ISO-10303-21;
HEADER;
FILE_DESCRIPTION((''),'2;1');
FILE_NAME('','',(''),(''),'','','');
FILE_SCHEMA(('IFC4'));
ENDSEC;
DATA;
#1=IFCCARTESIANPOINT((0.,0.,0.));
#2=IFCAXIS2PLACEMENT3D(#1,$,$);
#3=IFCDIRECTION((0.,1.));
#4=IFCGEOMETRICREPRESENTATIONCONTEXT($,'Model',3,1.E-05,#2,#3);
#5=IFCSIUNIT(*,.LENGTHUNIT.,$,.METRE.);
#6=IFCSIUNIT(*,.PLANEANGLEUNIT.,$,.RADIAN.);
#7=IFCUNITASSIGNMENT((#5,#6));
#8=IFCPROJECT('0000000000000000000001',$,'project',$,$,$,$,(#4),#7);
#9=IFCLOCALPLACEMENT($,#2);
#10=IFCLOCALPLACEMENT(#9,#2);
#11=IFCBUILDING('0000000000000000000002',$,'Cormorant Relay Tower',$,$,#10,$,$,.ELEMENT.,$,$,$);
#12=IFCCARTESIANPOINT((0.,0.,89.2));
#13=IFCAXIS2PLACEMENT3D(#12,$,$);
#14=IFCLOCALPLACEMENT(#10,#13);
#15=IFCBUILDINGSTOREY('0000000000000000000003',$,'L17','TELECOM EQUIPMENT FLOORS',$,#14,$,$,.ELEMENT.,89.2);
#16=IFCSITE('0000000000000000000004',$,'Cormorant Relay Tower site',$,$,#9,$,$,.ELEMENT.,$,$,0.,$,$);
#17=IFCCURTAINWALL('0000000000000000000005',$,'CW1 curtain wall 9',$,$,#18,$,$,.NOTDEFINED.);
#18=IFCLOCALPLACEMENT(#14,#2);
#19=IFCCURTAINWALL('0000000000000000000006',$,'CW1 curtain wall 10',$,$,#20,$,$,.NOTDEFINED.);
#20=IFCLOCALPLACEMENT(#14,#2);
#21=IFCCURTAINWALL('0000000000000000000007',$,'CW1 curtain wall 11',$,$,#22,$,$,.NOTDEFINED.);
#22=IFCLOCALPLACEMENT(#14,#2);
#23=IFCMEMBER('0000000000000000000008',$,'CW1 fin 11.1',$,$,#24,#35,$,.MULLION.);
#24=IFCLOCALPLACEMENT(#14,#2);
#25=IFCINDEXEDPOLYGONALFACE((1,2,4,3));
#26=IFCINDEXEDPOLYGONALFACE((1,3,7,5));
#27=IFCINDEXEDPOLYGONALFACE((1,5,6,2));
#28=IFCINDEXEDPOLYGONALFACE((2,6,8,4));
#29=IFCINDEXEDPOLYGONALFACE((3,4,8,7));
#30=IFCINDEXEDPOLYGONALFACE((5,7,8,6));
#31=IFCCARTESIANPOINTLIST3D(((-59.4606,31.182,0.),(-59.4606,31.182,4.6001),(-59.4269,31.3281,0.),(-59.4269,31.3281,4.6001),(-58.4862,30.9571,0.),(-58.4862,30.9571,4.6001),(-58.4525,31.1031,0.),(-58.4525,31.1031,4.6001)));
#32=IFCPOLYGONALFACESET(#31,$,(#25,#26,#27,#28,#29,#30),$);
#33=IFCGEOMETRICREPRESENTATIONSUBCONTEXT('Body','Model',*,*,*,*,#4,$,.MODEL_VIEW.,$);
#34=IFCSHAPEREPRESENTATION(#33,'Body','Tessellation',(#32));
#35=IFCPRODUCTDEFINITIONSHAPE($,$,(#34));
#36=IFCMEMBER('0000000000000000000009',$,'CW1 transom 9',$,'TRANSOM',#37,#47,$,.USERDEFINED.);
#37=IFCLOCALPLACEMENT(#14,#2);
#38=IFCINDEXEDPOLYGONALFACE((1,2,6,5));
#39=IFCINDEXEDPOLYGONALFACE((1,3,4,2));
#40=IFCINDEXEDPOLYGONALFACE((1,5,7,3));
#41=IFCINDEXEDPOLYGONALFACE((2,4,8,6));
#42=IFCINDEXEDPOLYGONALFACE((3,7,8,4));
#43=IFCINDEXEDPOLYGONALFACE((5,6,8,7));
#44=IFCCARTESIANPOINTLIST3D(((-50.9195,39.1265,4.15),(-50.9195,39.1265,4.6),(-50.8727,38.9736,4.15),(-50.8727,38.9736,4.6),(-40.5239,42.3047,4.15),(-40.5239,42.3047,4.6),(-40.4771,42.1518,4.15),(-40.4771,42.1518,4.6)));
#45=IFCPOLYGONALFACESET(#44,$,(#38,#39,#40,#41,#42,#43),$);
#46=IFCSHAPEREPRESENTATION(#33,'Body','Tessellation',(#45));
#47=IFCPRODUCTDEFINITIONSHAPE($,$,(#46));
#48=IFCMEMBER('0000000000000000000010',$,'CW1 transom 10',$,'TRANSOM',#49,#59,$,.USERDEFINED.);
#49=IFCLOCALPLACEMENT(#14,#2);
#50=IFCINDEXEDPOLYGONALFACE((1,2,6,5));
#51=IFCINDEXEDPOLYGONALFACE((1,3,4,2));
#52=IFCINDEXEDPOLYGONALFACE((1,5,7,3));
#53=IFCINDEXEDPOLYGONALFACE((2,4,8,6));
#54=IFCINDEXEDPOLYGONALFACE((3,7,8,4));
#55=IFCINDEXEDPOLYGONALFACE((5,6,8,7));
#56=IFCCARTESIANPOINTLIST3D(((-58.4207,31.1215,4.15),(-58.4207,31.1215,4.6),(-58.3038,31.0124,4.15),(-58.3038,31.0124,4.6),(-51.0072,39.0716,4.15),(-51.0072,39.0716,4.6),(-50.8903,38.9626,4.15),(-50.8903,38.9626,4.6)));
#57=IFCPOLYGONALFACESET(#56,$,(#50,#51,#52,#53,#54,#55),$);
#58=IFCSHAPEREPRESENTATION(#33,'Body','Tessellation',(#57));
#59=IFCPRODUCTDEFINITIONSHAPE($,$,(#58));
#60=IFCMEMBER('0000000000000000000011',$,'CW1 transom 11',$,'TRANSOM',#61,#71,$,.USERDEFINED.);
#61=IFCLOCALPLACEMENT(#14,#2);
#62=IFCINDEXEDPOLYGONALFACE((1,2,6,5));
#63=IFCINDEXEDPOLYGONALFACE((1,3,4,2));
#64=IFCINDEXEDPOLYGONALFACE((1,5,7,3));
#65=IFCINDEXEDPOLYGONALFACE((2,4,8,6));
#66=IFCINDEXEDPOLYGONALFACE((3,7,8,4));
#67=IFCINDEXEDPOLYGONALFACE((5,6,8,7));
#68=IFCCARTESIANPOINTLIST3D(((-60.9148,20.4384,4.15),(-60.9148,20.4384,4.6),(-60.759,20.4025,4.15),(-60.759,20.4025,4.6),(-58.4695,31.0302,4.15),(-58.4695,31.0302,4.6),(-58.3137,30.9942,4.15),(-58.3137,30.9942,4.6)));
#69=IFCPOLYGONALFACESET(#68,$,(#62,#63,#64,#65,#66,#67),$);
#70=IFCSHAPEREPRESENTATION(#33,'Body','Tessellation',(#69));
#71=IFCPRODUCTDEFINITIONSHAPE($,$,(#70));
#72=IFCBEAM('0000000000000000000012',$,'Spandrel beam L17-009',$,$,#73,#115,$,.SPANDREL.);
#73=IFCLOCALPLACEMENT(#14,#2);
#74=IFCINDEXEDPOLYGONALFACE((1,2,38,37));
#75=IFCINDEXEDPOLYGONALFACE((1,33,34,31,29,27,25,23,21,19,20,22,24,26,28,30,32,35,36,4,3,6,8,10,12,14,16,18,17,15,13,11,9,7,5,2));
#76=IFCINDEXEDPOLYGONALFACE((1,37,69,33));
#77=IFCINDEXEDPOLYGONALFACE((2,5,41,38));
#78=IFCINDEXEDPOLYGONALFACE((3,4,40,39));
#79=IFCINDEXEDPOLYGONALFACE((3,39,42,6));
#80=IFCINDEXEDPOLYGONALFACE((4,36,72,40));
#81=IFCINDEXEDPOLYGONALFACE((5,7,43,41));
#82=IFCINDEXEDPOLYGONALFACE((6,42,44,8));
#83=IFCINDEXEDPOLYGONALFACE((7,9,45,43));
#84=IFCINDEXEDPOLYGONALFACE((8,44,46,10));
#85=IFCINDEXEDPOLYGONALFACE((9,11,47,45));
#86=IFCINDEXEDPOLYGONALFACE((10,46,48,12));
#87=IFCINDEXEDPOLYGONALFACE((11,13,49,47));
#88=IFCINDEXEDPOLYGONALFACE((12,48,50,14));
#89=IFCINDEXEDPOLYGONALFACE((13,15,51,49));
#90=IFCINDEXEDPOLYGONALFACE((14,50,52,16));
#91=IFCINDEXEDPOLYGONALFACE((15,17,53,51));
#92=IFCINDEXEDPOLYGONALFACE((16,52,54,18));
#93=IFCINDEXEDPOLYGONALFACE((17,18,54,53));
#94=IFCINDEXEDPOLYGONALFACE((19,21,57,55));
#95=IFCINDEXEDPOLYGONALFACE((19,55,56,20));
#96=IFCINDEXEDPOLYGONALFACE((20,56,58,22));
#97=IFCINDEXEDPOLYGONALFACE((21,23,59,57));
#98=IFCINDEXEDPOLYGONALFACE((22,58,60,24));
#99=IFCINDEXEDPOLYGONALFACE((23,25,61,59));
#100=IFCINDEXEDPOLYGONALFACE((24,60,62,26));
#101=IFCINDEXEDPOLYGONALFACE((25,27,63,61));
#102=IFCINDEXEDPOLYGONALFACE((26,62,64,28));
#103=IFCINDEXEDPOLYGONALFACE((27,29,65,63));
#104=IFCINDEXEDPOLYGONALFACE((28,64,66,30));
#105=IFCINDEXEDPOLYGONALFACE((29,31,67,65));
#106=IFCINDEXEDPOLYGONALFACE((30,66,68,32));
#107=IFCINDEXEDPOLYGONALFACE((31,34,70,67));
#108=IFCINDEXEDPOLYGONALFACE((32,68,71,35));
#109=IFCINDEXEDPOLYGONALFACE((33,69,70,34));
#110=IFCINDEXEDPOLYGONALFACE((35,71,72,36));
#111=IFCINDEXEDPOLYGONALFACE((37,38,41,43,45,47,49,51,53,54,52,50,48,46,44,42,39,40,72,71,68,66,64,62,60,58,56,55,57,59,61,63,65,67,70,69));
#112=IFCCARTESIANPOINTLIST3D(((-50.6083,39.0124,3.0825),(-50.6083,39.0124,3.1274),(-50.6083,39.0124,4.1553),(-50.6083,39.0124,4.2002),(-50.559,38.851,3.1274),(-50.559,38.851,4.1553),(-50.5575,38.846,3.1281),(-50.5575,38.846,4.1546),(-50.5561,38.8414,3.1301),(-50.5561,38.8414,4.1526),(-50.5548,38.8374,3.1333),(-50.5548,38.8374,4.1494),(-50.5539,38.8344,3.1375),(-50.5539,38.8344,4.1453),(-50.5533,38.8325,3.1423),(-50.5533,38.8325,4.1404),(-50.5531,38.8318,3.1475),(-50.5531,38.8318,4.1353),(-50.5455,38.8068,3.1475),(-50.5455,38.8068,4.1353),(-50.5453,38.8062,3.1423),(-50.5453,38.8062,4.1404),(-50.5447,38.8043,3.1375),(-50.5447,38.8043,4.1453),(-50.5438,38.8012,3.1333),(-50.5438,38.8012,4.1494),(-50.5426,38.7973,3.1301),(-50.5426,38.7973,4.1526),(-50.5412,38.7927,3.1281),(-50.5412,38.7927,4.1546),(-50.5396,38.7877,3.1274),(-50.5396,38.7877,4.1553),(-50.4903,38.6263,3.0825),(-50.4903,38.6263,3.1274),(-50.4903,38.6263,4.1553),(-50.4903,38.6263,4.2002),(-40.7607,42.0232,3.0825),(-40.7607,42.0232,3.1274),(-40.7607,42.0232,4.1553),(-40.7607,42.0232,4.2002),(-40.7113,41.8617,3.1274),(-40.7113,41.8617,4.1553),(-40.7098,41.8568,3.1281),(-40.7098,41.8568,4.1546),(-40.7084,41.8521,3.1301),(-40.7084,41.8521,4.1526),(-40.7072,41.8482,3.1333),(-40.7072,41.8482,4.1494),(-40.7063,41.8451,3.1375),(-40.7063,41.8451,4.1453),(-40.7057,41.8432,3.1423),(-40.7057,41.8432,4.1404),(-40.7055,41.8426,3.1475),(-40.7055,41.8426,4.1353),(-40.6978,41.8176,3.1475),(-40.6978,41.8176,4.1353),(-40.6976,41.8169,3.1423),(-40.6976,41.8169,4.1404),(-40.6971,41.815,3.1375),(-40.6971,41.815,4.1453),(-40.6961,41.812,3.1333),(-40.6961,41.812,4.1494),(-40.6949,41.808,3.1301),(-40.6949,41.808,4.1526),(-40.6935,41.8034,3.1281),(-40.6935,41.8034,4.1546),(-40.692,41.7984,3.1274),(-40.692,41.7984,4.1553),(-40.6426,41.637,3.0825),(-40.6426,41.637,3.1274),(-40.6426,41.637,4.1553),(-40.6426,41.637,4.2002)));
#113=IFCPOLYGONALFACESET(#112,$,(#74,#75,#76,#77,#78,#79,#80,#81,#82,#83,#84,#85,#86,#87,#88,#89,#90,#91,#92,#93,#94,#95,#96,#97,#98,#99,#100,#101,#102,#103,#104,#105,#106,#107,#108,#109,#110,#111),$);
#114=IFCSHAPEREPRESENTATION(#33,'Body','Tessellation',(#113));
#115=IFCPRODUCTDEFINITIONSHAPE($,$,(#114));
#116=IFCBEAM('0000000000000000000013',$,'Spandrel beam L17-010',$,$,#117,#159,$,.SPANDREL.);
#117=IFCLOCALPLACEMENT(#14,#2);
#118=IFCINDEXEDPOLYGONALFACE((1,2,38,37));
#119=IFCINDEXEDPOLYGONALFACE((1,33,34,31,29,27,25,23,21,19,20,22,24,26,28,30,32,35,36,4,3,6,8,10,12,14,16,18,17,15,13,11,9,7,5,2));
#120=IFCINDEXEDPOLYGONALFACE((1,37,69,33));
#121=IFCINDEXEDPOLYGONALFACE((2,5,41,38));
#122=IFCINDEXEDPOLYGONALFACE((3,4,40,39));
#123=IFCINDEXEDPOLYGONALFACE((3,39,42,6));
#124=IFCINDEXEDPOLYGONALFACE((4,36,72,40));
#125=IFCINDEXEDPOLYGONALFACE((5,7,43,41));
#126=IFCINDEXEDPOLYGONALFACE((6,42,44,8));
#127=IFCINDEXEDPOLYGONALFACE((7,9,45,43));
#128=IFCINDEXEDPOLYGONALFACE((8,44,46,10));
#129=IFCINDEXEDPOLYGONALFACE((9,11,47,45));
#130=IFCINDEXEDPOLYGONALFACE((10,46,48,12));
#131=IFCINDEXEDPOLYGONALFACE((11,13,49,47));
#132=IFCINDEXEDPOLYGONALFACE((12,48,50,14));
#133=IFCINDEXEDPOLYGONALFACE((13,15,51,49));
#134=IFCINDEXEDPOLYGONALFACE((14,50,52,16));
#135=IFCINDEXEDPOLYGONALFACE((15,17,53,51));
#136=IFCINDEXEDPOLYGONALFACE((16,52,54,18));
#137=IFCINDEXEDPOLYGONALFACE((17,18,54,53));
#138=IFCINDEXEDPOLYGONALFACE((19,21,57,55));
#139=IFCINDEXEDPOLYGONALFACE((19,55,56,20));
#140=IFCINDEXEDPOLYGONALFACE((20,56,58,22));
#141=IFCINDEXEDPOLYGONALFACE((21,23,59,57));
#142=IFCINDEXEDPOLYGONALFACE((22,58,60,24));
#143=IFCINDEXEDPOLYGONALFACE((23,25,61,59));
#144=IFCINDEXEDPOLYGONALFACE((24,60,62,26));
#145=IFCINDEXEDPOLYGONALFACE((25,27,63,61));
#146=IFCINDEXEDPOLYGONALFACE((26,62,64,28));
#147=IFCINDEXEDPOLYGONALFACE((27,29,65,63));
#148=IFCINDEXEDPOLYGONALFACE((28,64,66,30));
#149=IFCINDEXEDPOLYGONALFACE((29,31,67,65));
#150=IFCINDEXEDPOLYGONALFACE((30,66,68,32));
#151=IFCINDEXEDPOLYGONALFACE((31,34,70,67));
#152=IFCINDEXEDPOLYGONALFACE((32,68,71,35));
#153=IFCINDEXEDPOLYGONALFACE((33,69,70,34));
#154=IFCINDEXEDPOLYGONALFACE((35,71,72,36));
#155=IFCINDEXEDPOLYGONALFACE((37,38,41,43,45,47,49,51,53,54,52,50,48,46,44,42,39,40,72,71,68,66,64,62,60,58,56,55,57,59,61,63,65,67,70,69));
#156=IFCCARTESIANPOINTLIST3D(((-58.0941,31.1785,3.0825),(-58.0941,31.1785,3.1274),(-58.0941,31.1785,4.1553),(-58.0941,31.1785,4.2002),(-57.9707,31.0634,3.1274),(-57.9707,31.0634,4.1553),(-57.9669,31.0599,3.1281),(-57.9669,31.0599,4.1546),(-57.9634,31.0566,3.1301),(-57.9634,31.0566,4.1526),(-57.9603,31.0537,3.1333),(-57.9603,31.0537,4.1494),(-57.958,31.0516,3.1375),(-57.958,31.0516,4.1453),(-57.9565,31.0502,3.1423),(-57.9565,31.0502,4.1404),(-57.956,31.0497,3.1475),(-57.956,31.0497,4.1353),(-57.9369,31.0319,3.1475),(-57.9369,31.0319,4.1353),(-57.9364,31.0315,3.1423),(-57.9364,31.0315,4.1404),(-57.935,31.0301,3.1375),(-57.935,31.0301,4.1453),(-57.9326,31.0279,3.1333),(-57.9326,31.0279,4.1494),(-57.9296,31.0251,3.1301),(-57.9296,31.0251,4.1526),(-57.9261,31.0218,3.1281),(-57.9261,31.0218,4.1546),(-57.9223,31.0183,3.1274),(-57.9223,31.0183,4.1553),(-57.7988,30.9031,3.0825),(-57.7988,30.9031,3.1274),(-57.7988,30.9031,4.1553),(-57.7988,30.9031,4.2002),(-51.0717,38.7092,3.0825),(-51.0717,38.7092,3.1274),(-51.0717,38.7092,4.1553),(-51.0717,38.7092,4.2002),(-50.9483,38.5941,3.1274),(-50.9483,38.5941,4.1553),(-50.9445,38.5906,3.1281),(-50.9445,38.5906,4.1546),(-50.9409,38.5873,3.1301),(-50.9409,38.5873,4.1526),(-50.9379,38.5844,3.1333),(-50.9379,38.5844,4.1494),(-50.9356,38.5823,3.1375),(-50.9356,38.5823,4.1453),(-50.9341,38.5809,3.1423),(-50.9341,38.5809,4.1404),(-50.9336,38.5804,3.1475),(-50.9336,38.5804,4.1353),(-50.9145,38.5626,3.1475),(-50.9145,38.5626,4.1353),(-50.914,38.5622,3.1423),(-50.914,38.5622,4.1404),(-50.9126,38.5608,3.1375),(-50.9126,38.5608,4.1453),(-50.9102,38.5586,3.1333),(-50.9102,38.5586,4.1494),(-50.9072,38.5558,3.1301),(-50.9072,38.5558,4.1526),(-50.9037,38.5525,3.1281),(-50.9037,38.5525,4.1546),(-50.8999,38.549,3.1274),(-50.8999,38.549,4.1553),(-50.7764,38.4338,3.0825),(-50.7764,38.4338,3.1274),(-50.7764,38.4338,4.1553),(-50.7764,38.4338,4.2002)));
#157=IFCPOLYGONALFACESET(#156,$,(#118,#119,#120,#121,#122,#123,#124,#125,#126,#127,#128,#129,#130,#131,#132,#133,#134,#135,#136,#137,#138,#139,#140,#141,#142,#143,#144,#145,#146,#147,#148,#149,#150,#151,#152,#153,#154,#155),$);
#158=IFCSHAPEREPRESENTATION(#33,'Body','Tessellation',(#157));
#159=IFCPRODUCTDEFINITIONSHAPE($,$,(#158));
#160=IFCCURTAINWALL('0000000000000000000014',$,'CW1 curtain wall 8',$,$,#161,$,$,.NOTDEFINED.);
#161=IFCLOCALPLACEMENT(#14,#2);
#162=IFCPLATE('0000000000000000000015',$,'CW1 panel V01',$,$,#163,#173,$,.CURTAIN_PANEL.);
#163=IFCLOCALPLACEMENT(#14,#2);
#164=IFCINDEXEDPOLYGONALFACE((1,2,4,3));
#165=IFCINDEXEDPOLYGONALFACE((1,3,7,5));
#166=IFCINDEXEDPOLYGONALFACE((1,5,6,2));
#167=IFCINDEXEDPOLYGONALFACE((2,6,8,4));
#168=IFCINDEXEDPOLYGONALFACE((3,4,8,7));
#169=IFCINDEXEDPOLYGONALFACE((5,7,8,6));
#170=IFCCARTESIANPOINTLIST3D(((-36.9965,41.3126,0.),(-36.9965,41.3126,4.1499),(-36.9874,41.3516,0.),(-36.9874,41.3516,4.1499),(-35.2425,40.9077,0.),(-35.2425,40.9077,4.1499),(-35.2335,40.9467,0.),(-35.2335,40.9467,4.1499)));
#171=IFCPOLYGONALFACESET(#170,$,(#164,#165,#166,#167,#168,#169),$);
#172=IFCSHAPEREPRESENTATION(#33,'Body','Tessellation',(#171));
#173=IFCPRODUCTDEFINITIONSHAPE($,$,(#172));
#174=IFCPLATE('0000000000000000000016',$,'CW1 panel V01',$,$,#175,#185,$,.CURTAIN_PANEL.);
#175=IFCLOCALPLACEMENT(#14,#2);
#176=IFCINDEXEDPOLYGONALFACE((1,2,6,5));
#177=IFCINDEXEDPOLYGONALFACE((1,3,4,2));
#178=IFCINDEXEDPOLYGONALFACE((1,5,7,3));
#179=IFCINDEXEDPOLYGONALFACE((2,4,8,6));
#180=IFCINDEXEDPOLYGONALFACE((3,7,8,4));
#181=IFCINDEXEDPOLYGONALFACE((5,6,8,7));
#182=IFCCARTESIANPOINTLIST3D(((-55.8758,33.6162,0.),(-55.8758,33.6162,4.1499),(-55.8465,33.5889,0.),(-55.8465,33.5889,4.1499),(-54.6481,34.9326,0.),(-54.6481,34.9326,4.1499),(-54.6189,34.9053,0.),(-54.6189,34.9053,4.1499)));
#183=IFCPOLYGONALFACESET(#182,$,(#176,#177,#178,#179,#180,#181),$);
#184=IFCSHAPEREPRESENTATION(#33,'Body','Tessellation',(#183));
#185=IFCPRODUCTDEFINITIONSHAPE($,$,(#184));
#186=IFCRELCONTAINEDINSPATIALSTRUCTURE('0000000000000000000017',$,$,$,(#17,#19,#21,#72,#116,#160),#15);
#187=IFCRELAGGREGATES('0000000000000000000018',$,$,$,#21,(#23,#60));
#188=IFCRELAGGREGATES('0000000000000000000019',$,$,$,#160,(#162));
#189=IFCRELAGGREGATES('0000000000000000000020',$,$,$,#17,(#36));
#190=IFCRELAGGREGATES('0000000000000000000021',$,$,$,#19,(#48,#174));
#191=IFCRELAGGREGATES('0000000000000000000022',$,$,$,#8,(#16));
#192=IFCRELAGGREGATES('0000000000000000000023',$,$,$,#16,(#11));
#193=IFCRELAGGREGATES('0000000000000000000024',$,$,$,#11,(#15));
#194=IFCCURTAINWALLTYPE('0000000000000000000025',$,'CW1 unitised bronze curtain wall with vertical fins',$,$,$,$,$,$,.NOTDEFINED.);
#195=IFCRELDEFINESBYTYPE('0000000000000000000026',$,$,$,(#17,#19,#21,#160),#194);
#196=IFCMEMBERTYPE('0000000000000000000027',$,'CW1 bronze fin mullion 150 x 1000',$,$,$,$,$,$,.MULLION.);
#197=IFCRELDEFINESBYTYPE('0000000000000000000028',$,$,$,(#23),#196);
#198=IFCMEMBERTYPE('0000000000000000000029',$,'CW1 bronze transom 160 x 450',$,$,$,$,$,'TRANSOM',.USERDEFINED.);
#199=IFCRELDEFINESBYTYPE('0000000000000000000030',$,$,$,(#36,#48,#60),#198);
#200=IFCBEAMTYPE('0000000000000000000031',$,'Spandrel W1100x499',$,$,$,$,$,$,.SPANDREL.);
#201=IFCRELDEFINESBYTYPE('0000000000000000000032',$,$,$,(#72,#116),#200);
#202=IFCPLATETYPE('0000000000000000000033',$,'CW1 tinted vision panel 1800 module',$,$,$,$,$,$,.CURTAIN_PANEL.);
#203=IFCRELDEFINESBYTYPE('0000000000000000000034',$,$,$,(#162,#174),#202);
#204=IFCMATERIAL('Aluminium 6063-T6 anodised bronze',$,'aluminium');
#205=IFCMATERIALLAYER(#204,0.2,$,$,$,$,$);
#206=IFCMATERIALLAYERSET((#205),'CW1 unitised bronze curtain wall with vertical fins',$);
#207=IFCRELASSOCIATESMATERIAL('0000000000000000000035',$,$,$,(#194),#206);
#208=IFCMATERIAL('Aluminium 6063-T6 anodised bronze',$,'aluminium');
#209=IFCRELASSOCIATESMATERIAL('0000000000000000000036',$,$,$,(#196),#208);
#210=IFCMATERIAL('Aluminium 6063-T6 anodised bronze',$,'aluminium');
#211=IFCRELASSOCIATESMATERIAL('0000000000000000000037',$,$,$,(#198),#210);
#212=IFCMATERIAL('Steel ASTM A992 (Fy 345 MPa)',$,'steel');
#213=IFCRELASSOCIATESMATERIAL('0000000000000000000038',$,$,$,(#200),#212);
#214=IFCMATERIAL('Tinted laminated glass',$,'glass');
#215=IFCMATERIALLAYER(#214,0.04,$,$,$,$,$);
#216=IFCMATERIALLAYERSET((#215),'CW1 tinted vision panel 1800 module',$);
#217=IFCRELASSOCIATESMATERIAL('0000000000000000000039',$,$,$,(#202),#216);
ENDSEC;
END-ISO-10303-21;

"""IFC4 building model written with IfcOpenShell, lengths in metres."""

from ifc_helpers import new_model, si_unit, direction, frame, origin, origin_2d, place, context, subcontext, project, spatial, rectangle, i_section, extrude, material, layer, layer_set, material_profile, profile_set, type_object, element, aggregate, save


model = new_model("IFC4")

# Units and contexts
model_context = context("Model", 3, precision=1e-05, world=origin(), true_north=direction((0.0, 1.0)))
body_context = subcontext(model_context, "Body", "Model", "MODEL_VIEW")
ifc_project = project(units=[si_unit("LENGTHUNIT", "METRE"), si_unit("PLANEANGLEUNIT", "RADIAN")], contexts=[model_context])

# Site, building, storey
site_placement = place(None, origin())
site = spatial("IfcSite", under=ifc_project, at=site_placement, Name="Cormorant Relay Tower site", CompositionType="ELEMENT", RefElevation=0.0)
building_placement = place(site_placement, origin())
building = spatial("IfcBuilding", under=site, at=building_placement, Name="Cormorant Relay Tower", CompositionType="ELEMENT")
storey_placement = place(building_placement, frame((0.0, 0.0, 89.2)))
storey = spatial("IfcBuildingStorey", under=building, at=storey_placement, Name="L17", Description="TELECOM EQUIPMENT FLOORS", CompositionType="ELEMENT", Elevation=89.2)

# Curtain walls
ifc_material_1 = material(Name="Aluminium 6063-T6 anodised bronze", Category="aluminium")
ifc_layer_1 = layer(ifc_material_1, 0.2)
ifc_layer_set_1 = layer_set([ifc_layer_1], Name="CW1 unitised bronze curtain wall with vertical fins")
curtain_wall_type = type_object("IfcCurtainWallType", Name="CW1 unitised bronze curtain wall with vertical fins", PredefinedType="NOTDEFINED", material=ifc_layer_set_1)
curtain_wall_1_placement = place(storey_placement, origin())
curtain_wall_1 = element("IfcCurtainWall", 1, at=curtain_wall_1_placement, inside=storey, type_object=curtain_wall_type, Name="CW1 curtain wall 9", PredefinedType="NOTDEFINED")
ifc_material_2 = material(Name="Aluminium 6063-T6 anodised bronze", Category="aluminium")
ifc_material_profile_1 = material_profile(ifc_material_2, rectangle(XDim=0.1499, YDim=1.0, at=origin_2d()), Name="AL 150x1000")
ifc_profile_set_1 = profile_set([ifc_material_profile_1], Name="Aluminium 6063-T6 anodised bronze")
member_type_1 = type_object("IfcMemberType", Name="CW1 bronze fin mullion 150 x 1000", PredefinedType="MULLION", material=ifc_profile_set_1)
curtain_wall_2_placement = place(storey_placement, origin())
curtain_wall_2 = element("IfcCurtainWall", 2, at=curtain_wall_2_placement, inside=storey, type_object=curtain_wall_type, Name="CW1 curtain wall 10", PredefinedType="NOTDEFINED")

# Curtain wall, member
curtain_wall_3_placement = place(storey_placement, origin())
curtain_wall_3 = element("IfcCurtainWall", 3, at=curtain_wall_3_placement, inside=storey, type_object=curtain_wall_type, Name="CW1 curtain wall 11", PredefinedType="NOTDEFINED")
member_1_placement = place(storey_placement, frame((-58.9565, 31.1426, 0.0), z_axis=(0.0, 0.0, 1.0), x_axis=(-0.224951, -0.97437, 0.0)))
member_1 = element("IfcMember", 4, at=member_1_placement, type_object=member_type_1, Name="CW1 fin 11.1", PredefinedType="MULLION", context=body_context, shape_type="SweptSolid", body=[
    extrude(rectangle(XDim=0.1499, YDim=1.0, at=origin_2d()), origin(), (0.0, 0.0, 1.0), 4.6001),
])

# Members
ifc_material_3 = material(Name="Aluminium 6063-T6 anodised bronze", Category="aluminium")
ifc_material_profile_2 = material_profile(ifc_material_3, rectangle(XDim=0.1599, YDim=0.45, at=origin_2d()), Name="AL 160x450")
ifc_profile_set_2 = profile_set([ifc_material_profile_2], Name="Aluminium 6063-T6 anodised bronze")
member_type_2 = type_object("IfcMemberType", Name="CW1 bronze transom 160 x 450", ElementType="TRANSOM", PredefinedType="USERDEFINED", material=ifc_profile_set_2)
member_2_placement = place(storey_placement, frame((-40.5005, 42.2283, 4.375), z_axis=(-0.956305, -0.292371, 0.0), x_axis=(0.292371, -0.956305, 0.0)))
member_2 = element("IfcMember", 5, at=member_2_placement, type_object=member_type_2, Name="CW1 transom 9", ObjectType="TRANSOM", PredefinedType="USERDEFINED", context=body_context, shape_type="SweptSolid", body=[
    extrude(rectangle(XDim=0.1599, YDim=0.45, at=origin_2d()), origin(), (0.0, 0.0, 1.0), 10.8706),
])
member_3_placement = place(storey_placement, frame((-50.9487, 39.0171, 4.375), z_axis=(-0.681993, -0.731358, 0.0), x_axis=(0.731358, -0.681993, 0.0)))
member_3 = element("IfcMember", 6, at=member_3_placement, type_object=member_type_2, Name="CW1 transom 10", ObjectType="TRANSOM", PredefinedType="USERDEFINED", context=body_context, shape_type="SweptSolid", body=[
    extrude(rectangle(XDim=0.1599, YDim=0.45, at=origin_2d()), origin(), (0.0, 0.0, 1.0), 10.8704),
])
member_4_placement = place(storey_placement, frame((-58.3916, 31.0122, 4.375), z_axis=(-0.224951, -0.97437, 0.0), x_axis=(0.97437, -0.224951, 0.0)))
member_4 = element("IfcMember", 7, at=member_4_placement, type_object=member_type_2, Name="CW1 transom 11", ObjectType="TRANSOM", PredefinedType="USERDEFINED", context=body_context, shape_type="SweptSolid", body=[
    extrude(rectangle(XDim=0.1599, YDim=0.45, at=origin_2d()), origin(), (0.0, 0.0, 1.0), 10.8704),
])
aggregate(curtain_wall_3, [member_1, member_4])

# Beams
ifc_material_4 = material(Name="Steel ASTM A992 (Fy 345 MPa)", Category="steel")
ifc_material_profile_3 = material_profile(ifc_material_4, i_section(OverallWidth=0.4038, OverallDepth=1.1177, WebThickness=0.0261, FlangeThickness=0.0449, FilletRadius=0.02, at=origin_2d()), Name="W1100x499")
ifc_profile_set_3 = profile_set([ifc_material_profile_3], Name="Steel ASTM A992 (Fy 345 MPa)")
beam_type = type_object("IfcBeamType", Name="Spandrel W1100x499", PredefinedType="SPANDREL", material=ifc_profile_set_3)
beam_1_placement = place(storey_placement, frame((-40.7017, 41.8301, 3.6414), z_axis=(-0.956304, -0.292373, 0.0), x_axis=(0.292373, -0.956304, 0.0)))
element("IfcBeam", 8, at=beam_1_placement, inside=storey, type_object=beam_type, Name="Spandrel beam L17-009", PredefinedType="SPANDREL", context=body_context, shape_type="SweptSolid", body=[
    extrude(i_section(OverallWidth=0.4038, OverallDepth=1.1177, WebThickness=0.0261, FlangeThickness=0.0449, FilletRadius=0.02, at=origin_2d()), origin(), (0.0, 0.0, 1.0), 10.2976),
])
beam_2_placement = place(storey_placement, frame((-50.9241, 38.5715, 3.6414), z_axis=(-0.681994, -0.731358, 0.0), x_axis=(0.731358, -0.681994, 0.0)))
element("IfcBeam", 9, at=beam_2_placement, inside=storey, type_object=beam_type, Name="Spandrel beam L17-010", PredefinedType="SPANDREL", context=body_context, shape_type="SweptSolid", body=[
    extrude(i_section(OverallWidth=0.4038, OverallDepth=1.1177, WebThickness=0.0261, FlangeThickness=0.0449, FilletRadius=0.02, at=origin_2d()), origin(), (0.0, 0.0, 1.0), 10.2969),
])

# Curtain wall, plate
curtain_wall_4_placement = place(storey_placement, origin())
curtain_wall_4 = element("IfcCurtainWall", 10, at=curtain_wall_4_placement, inside=storey, type_object=curtain_wall_type, Name="CW1 curtain wall 8", PredefinedType="NOTDEFINED")
ifc_material_5 = material(Name="Tinted laminated glass", Category="glass")
ifc_layer_2 = layer(ifc_material_5, 0.04)
ifc_layer_set_2 = layer_set([ifc_layer_2], Name="CW1 tinted vision panel 1800 module")
plate_type_1 = type_object("IfcPlateType", Name="CW1 tinted vision panel 1800 module", PredefinedType="CURTAIN_PANEL", material=ifc_layer_set_2)
plate_1_placement = place(storey_placement, frame((-36.115, 41.1296, 0.0), z_axis=(0.0, 0.0, 1.0), x_axis=(-0.97437, 0.224951, 0.0)))
plate_1 = element("IfcPlate", 11, at=plate_1_placement, type_object=plate_type_1, Name="CW1 panel V01", PredefinedType="CURTAIN_PANEL", context=body_context, shape_type="SweptSolid", body=[
    extrude(rectangle(XDim=1.8, YDim=0.04, at=origin_2d()), origin(), (0.0, 0.0, 1.0), 4.1499),
])

# Plate
plate_2_placement = place(storey_placement, frame((-55.2473, 34.2607, 0.0), z_axis=(0.0, 0.0, 1.0), x_axis=(-0.681998, -0.731354, 0.0)))
plate_2 = element("IfcPlate", 12, at=plate_2_placement, type_object=plate_type_1, Name="CW1 panel V01", PredefinedType="CURTAIN_PANEL", context=body_context, shape_type="SweptSolid", body=[
    extrude(rectangle(XDim=1.8, YDim=0.04, at=origin_2d()), origin(), (0.0, 0.0, 1.0), 4.1499),
])

aggregate(curtain_wall_4, [plate_1])
aggregate(curtain_wall_1, [member_2])
aggregate(curtain_wall_2, [member_3, plate_2])

save(model, "model.ifc")
